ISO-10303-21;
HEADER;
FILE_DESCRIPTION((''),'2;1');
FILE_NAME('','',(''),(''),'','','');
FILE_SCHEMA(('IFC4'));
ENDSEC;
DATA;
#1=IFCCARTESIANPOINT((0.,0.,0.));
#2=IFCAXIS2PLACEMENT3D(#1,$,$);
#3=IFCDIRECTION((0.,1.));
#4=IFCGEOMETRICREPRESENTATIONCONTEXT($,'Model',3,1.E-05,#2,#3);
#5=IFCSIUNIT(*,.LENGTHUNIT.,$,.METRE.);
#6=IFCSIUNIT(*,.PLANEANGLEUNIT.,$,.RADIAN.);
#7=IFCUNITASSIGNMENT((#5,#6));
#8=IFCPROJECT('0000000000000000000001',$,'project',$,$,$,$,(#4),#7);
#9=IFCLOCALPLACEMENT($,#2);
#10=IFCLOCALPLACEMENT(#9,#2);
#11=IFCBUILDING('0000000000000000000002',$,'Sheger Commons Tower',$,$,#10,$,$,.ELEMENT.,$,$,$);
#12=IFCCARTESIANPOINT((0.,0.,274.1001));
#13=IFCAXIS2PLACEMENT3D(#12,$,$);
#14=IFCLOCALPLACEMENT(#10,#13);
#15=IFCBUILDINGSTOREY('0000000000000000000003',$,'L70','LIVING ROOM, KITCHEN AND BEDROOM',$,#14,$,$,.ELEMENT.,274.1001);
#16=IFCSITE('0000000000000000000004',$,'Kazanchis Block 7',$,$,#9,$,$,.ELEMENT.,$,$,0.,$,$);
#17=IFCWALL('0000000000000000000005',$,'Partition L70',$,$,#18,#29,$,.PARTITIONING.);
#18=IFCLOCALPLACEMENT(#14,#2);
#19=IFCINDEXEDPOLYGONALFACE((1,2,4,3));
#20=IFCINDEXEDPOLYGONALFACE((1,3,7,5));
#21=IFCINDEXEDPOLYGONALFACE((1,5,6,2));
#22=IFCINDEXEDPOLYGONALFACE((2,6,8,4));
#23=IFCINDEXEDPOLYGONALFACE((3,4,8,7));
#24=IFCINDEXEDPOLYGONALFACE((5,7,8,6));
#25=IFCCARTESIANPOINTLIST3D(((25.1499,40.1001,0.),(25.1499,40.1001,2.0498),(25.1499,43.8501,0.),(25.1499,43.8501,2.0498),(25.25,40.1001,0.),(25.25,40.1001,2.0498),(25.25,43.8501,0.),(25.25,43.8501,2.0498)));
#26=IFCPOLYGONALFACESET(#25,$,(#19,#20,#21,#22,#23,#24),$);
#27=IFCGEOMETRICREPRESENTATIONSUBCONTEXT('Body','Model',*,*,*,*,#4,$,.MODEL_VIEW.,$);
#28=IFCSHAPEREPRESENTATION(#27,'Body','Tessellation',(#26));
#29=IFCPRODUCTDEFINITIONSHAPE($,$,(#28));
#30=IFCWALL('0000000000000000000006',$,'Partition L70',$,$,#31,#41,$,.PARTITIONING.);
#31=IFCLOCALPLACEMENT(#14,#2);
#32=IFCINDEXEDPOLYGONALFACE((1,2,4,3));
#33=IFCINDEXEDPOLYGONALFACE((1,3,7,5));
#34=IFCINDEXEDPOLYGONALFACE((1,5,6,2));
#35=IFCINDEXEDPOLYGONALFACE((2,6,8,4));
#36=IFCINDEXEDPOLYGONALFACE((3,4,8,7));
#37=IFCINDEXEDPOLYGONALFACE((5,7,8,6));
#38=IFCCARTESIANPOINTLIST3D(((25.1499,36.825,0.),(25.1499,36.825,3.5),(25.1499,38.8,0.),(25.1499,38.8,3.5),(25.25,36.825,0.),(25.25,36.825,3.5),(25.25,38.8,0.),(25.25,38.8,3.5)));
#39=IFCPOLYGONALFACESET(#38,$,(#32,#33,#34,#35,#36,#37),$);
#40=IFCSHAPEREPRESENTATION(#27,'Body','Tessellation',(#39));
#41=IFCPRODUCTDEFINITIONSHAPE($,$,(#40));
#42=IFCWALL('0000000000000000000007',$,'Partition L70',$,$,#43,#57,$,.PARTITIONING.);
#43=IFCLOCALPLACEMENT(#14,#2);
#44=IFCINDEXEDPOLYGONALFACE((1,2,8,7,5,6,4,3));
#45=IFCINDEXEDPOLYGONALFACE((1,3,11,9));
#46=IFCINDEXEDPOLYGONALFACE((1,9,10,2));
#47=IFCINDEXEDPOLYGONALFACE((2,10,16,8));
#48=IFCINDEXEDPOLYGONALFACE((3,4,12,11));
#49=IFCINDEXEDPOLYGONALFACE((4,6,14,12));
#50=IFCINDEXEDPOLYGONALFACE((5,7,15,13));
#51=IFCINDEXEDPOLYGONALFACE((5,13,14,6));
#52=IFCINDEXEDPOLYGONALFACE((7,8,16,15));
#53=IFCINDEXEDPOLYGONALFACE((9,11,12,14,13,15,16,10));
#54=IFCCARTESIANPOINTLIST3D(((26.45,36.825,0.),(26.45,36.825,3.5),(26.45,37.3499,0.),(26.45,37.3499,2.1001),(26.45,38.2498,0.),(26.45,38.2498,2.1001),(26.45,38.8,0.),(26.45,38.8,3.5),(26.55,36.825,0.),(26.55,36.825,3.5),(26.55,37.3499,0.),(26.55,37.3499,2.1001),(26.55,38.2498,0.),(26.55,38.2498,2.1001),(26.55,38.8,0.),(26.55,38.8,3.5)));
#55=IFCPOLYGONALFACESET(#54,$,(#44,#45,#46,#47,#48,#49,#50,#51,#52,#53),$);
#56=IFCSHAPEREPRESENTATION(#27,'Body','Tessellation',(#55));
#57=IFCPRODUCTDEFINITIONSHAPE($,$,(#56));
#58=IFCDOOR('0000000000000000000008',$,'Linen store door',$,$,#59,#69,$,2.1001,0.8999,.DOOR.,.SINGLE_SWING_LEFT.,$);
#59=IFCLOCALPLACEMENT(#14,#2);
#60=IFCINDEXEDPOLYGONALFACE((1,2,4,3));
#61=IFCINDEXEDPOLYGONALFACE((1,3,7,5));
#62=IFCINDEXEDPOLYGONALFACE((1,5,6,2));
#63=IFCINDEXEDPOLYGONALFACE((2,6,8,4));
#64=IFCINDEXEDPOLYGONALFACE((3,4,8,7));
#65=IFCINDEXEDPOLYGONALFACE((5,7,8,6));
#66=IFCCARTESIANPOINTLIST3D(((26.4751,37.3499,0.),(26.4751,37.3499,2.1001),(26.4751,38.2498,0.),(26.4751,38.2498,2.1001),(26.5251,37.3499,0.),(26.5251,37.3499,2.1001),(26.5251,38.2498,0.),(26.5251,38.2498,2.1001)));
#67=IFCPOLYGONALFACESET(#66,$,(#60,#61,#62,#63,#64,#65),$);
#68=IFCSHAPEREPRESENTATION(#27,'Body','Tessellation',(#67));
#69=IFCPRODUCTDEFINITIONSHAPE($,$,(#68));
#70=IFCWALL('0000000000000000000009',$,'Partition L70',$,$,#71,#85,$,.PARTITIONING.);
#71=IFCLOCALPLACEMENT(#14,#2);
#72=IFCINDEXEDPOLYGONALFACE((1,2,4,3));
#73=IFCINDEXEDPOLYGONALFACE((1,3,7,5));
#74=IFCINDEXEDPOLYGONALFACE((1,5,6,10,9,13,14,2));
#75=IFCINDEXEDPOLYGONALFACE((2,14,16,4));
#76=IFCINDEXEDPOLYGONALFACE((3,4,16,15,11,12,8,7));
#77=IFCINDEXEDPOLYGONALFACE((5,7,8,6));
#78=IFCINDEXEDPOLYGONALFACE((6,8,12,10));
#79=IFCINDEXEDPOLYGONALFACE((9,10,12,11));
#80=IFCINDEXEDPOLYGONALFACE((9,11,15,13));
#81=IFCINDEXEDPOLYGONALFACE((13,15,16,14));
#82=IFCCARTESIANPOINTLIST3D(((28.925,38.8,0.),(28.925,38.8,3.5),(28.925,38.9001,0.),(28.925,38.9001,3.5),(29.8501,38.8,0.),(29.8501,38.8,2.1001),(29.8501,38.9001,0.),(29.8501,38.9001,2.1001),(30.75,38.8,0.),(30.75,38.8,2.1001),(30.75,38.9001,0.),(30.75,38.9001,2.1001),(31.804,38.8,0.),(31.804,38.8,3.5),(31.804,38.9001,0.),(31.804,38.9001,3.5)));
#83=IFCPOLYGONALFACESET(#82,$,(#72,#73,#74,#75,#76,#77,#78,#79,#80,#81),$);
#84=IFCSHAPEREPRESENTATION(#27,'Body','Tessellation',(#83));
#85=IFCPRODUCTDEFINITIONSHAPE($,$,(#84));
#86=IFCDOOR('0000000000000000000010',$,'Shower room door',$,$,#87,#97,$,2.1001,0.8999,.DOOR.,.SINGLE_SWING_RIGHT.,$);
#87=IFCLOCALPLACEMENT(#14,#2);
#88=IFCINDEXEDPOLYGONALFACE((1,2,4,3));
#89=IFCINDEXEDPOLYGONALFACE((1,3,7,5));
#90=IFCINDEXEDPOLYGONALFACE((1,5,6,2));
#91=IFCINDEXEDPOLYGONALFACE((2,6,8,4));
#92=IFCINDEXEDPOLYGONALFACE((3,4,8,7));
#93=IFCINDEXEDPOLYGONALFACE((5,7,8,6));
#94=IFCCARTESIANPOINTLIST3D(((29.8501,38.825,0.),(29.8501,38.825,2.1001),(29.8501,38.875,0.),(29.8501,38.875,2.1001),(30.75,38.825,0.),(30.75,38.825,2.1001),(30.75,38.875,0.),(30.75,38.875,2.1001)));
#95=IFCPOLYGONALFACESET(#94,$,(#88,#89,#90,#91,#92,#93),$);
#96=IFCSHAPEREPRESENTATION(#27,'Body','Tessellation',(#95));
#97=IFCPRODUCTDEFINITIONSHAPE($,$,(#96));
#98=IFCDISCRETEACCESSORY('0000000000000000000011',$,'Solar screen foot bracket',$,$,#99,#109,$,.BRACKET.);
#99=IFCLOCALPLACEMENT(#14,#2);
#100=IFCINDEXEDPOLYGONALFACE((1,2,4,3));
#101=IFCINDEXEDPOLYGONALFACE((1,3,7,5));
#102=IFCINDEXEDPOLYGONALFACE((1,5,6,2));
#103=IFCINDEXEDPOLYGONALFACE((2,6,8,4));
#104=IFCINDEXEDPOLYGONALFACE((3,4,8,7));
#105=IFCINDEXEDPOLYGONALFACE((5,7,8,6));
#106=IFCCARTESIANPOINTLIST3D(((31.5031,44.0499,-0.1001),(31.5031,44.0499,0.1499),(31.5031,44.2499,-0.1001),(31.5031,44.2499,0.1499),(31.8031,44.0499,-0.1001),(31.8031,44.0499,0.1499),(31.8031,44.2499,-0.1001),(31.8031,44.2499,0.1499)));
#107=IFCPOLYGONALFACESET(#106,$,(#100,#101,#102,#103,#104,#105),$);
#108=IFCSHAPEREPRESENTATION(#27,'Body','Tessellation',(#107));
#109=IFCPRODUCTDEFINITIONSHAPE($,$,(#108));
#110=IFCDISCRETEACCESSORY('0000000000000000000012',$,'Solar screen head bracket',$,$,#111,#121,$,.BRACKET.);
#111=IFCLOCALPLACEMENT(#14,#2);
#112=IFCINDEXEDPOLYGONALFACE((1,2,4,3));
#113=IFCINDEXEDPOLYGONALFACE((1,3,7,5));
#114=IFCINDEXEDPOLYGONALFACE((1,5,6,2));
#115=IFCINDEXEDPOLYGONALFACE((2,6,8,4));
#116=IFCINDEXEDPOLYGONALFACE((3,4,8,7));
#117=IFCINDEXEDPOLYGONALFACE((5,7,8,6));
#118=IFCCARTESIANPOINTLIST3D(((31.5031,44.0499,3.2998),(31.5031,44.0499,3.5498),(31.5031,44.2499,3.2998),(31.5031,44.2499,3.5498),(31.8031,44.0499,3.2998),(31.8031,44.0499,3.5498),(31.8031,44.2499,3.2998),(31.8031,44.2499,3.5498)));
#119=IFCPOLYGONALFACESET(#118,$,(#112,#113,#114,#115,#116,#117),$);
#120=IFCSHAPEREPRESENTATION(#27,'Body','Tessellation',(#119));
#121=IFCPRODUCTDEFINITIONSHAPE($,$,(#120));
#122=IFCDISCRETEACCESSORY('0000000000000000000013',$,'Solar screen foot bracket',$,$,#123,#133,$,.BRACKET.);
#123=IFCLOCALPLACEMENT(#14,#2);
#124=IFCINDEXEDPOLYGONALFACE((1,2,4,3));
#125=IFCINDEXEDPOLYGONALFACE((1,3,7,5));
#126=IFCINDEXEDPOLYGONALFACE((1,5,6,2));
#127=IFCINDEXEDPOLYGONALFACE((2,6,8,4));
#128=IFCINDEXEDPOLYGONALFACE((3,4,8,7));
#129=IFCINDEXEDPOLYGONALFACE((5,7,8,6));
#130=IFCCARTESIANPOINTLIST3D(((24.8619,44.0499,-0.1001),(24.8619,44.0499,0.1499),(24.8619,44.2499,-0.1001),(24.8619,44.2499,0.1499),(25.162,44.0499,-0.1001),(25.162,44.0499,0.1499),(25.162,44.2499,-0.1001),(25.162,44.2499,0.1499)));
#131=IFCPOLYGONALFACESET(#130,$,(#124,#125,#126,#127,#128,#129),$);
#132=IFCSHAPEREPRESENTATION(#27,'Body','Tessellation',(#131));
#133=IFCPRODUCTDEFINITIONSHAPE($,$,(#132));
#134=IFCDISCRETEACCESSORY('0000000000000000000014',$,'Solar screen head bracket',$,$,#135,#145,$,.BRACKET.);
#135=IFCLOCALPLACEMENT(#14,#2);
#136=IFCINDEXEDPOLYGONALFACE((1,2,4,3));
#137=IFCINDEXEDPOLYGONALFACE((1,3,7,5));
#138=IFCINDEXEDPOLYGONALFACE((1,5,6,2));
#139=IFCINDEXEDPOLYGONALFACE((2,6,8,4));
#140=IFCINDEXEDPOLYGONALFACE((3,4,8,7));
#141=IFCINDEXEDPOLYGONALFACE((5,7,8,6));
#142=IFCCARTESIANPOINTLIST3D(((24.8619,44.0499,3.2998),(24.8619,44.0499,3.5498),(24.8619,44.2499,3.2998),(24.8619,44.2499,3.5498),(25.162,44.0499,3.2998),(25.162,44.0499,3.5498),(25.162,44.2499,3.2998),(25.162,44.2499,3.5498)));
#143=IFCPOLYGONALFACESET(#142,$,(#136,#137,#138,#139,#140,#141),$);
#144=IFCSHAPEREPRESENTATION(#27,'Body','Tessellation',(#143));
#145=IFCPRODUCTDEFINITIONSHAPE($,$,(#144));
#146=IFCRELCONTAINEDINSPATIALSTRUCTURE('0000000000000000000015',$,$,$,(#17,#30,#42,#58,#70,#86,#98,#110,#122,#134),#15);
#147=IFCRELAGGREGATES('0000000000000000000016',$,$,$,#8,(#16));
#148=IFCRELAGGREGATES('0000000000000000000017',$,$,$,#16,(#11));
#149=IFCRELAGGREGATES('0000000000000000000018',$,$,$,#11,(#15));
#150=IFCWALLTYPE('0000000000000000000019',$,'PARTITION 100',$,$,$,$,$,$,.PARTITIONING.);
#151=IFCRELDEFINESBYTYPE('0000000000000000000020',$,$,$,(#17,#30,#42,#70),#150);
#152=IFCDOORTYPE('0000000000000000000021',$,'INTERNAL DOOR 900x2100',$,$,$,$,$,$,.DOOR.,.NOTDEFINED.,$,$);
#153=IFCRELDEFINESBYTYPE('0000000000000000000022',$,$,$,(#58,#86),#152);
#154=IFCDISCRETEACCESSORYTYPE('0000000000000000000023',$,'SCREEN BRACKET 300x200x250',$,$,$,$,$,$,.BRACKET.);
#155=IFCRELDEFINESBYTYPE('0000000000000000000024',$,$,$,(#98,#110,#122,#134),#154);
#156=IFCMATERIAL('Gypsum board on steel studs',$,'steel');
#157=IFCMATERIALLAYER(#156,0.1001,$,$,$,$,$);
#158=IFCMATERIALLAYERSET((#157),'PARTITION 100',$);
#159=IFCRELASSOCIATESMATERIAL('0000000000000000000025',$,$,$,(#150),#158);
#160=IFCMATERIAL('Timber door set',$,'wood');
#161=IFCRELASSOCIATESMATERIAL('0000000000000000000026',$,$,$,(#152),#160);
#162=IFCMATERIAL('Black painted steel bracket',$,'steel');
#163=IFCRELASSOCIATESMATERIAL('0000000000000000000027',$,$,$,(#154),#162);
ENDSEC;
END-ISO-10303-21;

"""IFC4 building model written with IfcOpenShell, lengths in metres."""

from ifc_helpers import new_model, si_unit, direction, frame, frame_2d, origin, origin_2d, place, context, subcontext, project, spatial, rectangle, extrude, material, layer, layer_set, type_object, element, fill, save


model = new_model("IFC4")

# Units and contexts
model_context = context("Model", 3, precision=1e-05, world=origin(), true_north=direction((0.0, 1.0)))
body_context = subcontext(model_context, "Body", "Model", "MODEL_VIEW")
ifc_project = project(units=[si_unit("LENGTHUNIT", "METRE"), si_unit("PLANEANGLEUNIT", "RADIAN")], contexts=[model_context])

# Site, building, storey
site_placement = place(None, origin())
site = spatial("IfcSite", under=ifc_project, at=site_placement, Name="Kazanchis Block 7", CompositionType="ELEMENT", RefElevation=0.0)
building_placement = place(site_placement, origin())
building = spatial("IfcBuilding", under=site, at=building_placement, Name="Sheger Commons Tower", CompositionType="ELEMENT")
storey_placement = place(building_placement, frame((0.0, 0.0, 274.1001)))
storey = spatial("IfcBuildingStorey", under=building, at=storey_placement, Name="L70", Description="LIVING ROOM, KITCHEN AND BEDROOM", CompositionType="ELEMENT", Elevation=274.1001)

# Walls
ifc_material_1 = material(Name="Gypsum board on steel studs", Category="steel")
ifc_layer_1 = layer(ifc_material_1, 0.1001)
ifc_layer_set_1 = layer_set([ifc_layer_1], Name="PARTITION 100")
wall_type_1 = type_object("IfcWallType", Name="PARTITION 100", PredefinedType="PARTITIONING", material=ifc_layer_set_1)
wall_1_placement = place(storey_placement, frame((25.2, 40.1001, 0.0), z_axis=(0.0, 0.0, 1.0), x_axis=(0.0, 1.0, 0.0)))
element("IfcWall", 1, at=wall_1_placement, inside=storey, type_object=wall_type_1, Name="Partition L70", PredefinedType="PARTITIONING", context=body_context, shape_type="SweptSolid", body=[
    extrude(rectangle(XDim=3.75, YDim=0.1001, at=frame_2d((1.875, 0.0))), origin(), (0.0, 0.0, 1.0), 2.0498),
])
wall_2_placement = place(storey_placement, frame((25.2, 36.825, 0.0), z_axis=(0.0, 0.0, 1.0), x_axis=(0.0, 1.0, 0.0)))
element("IfcWall", 2, at=wall_2_placement, inside=storey, type_object=wall_type_1, Name="Partition L70", PredefinedType="PARTITIONING", context=body_context, shape_type="SweptSolid", body=[
    extrude(rectangle(XDim=1.9751, YDim=0.1001, at=frame_2d((0.9875, 0.0))), origin(), (0.0, 0.0, 1.0), 3.5),
])

# Walls, openings, doors
wall_3_placement = place(storey_placement, frame((26.5, 36.825, 0.0), z_axis=(0.0, 0.0, 1.0), x_axis=(0.0, 1.0, 0.0)))
wall_3 = element("IfcWall", 3, at=wall_3_placement, inside=storey, type_object=wall_type_1, Name="Partition L70", PredefinedType="PARTITIONING", context=body_context, shape_type="SweptSolid", body=[
    extrude(rectangle(XDim=1.9751, YDim=0.1001, at=frame_2d((0.9875, 0.0))), origin(), (0.0, 0.0, 1.0), 3.5),
])
opening_1_placement = place(wall_3_placement, frame((0.5249, 0.0, 0.0)))
opening_1 = element("IfcOpeningElement", 4, at=opening_1_placement, cuts=wall_3, PredefinedType="OPENING", context=body_context, shape_type="SweptSolid", body=[
    extrude(rectangle(XDim=0.8999, YDim=2.1001, at=frame_2d((0.45, 1.05))), frame((0.0, 0.0601, 0.0), z_axis=(0.0, -1.0, 0.0), x_axis=(1.0, 0.0, 0.0)), (0.0, 0.0, 1.0), 0.1201),
])
ifc_material_2 = material(Name="Timber door set", Category="wood")
door_type_1 = type_object("IfcDoorType", Name="INTERNAL DOOR 900x2100", OperationType="NOTDEFINED", PredefinedType="DOOR", material=ifc_material_2)
door_1_placement = place(opening_1_placement, origin())
door_1 = element("IfcDoor", 5, at=door_1_placement, inside=storey, type_object=door_type_1, Name="Linen store door", OperationType="SINGLE_SWING_LEFT", OverallHeight=2.1001, OverallWidth=0.8999, PredefinedType="DOOR", context=body_context, shape_type="SweptSolid", body=[
    extrude(rectangle(XDim=0.8999, YDim=2.1001, at=frame_2d((0.45, 1.05))), frame((0.0, 0.0249, 0.0), z_axis=(0.0, -1.0, 0.0), x_axis=(1.0, 0.0, 0.0)), (0.0, 0.0, 1.0), 0.05),
])
fill(opening_1, door_1)
wall_4_placement = place(storey_placement, frame((28.925, 38.8501, 0.0), z_axis=(0.0, 0.0, 1.0), x_axis=(1.0, 0.0, 0.0)))
wall_4 = element("IfcWall", 6, at=wall_4_placement, inside=storey, type_object=wall_type_1, Name="Partition L70", PredefinedType="PARTITIONING", context=body_context, shape_type="SweptSolid", body=[
    extrude(rectangle(XDim=2.8789, YDim=0.1001, at=frame_2d((1.4395, 0.0))), origin(), (0.0, 0.0, 1.0), 3.5),
])
opening_2_placement = place(wall_4_placement, frame((0.925, 0.0, 0.0)))
opening_2 = element("IfcOpeningElement", 7, at=opening_2_placement, cuts=wall_4, PredefinedType="OPENING", context=body_context, shape_type="SweptSolid", body=[
    extrude(rectangle(XDim=0.8999, YDim=2.1001, at=frame_2d((0.45, 1.05))), frame((0.0, 0.0601, 0.0), z_axis=(0.0, -1.0, 0.0), x_axis=(1.0, 0.0, 0.0)), (0.0, 0.0, 1.0), 0.1201),
])
door_2_placement = place(opening_2_placement, origin())
door_2 = element("IfcDoor", 8, at=door_2_placement, inside=storey, type_object=door_type_1, Name="Shower room door", OperationType="SINGLE_SWING_RIGHT", OverallHeight=2.1001, OverallWidth=0.8999, PredefinedType="DOOR", context=body_context, shape_type="SweptSolid", body=[
    extrude(rectangle(XDim=0.8999, YDim=2.1001, at=frame_2d((0.45, 1.05))), frame((0.0, 0.0249, 0.0), z_axis=(0.0, -1.0, 0.0), x_axis=(1.0, 0.0, 0.0)), (0.0, 0.0, 1.0), 0.05),
])
fill(opening_2, door_2)

# Discrete accessories
ifc_material_3 = material(Name="Black painted steel bracket", Category="steel")
discrete_accessory_type = type_object("IfcDiscreteAccessoryType", Name="SCREEN BRACKET 300x200x250", PredefinedType="BRACKET", material=ifc_material_3)
for number, where, z_axis, x_axis, name in (
    (9, (31.6531, 44.1499, -0.1001), (0.0, 0.0, 1.0), (-1.0, 0.0, 0.0), "Solar screen foot bracket"),
    (10, (31.6531, 44.1499, 3.2998), (0.0, 0.0, 1.0), (-1.0, 0.0, 0.0), "Solar screen head bracket"),
    (11, (25.012, 44.1499, -0.1001), (0.0, 0.0, 1.0), (-1.0, 0.0, 0.0), "Solar screen foot bracket"),
    (12, (25.012, 44.1499, 3.2998), (0.0, 0.0, 1.0), (-1.0, 0.0, 0.0), "Solar screen head bracket"),
):
    element("IfcDiscreteAccessory", number, at=place(storey_placement, frame(where, z_axis=z_axis, x_axis=x_axis)), inside=storey, type_object=discrete_accessory_type, Name=name, PredefinedType="BRACKET", context=body_context, shape_type="SweptSolid", body=[
        extrude(rectangle(XDim=0.3, YDim=0.2, at=origin_2d()), origin(), (0.0, 0.0, 1.0), 0.25),
    ])

save(model, "model.ifc")
